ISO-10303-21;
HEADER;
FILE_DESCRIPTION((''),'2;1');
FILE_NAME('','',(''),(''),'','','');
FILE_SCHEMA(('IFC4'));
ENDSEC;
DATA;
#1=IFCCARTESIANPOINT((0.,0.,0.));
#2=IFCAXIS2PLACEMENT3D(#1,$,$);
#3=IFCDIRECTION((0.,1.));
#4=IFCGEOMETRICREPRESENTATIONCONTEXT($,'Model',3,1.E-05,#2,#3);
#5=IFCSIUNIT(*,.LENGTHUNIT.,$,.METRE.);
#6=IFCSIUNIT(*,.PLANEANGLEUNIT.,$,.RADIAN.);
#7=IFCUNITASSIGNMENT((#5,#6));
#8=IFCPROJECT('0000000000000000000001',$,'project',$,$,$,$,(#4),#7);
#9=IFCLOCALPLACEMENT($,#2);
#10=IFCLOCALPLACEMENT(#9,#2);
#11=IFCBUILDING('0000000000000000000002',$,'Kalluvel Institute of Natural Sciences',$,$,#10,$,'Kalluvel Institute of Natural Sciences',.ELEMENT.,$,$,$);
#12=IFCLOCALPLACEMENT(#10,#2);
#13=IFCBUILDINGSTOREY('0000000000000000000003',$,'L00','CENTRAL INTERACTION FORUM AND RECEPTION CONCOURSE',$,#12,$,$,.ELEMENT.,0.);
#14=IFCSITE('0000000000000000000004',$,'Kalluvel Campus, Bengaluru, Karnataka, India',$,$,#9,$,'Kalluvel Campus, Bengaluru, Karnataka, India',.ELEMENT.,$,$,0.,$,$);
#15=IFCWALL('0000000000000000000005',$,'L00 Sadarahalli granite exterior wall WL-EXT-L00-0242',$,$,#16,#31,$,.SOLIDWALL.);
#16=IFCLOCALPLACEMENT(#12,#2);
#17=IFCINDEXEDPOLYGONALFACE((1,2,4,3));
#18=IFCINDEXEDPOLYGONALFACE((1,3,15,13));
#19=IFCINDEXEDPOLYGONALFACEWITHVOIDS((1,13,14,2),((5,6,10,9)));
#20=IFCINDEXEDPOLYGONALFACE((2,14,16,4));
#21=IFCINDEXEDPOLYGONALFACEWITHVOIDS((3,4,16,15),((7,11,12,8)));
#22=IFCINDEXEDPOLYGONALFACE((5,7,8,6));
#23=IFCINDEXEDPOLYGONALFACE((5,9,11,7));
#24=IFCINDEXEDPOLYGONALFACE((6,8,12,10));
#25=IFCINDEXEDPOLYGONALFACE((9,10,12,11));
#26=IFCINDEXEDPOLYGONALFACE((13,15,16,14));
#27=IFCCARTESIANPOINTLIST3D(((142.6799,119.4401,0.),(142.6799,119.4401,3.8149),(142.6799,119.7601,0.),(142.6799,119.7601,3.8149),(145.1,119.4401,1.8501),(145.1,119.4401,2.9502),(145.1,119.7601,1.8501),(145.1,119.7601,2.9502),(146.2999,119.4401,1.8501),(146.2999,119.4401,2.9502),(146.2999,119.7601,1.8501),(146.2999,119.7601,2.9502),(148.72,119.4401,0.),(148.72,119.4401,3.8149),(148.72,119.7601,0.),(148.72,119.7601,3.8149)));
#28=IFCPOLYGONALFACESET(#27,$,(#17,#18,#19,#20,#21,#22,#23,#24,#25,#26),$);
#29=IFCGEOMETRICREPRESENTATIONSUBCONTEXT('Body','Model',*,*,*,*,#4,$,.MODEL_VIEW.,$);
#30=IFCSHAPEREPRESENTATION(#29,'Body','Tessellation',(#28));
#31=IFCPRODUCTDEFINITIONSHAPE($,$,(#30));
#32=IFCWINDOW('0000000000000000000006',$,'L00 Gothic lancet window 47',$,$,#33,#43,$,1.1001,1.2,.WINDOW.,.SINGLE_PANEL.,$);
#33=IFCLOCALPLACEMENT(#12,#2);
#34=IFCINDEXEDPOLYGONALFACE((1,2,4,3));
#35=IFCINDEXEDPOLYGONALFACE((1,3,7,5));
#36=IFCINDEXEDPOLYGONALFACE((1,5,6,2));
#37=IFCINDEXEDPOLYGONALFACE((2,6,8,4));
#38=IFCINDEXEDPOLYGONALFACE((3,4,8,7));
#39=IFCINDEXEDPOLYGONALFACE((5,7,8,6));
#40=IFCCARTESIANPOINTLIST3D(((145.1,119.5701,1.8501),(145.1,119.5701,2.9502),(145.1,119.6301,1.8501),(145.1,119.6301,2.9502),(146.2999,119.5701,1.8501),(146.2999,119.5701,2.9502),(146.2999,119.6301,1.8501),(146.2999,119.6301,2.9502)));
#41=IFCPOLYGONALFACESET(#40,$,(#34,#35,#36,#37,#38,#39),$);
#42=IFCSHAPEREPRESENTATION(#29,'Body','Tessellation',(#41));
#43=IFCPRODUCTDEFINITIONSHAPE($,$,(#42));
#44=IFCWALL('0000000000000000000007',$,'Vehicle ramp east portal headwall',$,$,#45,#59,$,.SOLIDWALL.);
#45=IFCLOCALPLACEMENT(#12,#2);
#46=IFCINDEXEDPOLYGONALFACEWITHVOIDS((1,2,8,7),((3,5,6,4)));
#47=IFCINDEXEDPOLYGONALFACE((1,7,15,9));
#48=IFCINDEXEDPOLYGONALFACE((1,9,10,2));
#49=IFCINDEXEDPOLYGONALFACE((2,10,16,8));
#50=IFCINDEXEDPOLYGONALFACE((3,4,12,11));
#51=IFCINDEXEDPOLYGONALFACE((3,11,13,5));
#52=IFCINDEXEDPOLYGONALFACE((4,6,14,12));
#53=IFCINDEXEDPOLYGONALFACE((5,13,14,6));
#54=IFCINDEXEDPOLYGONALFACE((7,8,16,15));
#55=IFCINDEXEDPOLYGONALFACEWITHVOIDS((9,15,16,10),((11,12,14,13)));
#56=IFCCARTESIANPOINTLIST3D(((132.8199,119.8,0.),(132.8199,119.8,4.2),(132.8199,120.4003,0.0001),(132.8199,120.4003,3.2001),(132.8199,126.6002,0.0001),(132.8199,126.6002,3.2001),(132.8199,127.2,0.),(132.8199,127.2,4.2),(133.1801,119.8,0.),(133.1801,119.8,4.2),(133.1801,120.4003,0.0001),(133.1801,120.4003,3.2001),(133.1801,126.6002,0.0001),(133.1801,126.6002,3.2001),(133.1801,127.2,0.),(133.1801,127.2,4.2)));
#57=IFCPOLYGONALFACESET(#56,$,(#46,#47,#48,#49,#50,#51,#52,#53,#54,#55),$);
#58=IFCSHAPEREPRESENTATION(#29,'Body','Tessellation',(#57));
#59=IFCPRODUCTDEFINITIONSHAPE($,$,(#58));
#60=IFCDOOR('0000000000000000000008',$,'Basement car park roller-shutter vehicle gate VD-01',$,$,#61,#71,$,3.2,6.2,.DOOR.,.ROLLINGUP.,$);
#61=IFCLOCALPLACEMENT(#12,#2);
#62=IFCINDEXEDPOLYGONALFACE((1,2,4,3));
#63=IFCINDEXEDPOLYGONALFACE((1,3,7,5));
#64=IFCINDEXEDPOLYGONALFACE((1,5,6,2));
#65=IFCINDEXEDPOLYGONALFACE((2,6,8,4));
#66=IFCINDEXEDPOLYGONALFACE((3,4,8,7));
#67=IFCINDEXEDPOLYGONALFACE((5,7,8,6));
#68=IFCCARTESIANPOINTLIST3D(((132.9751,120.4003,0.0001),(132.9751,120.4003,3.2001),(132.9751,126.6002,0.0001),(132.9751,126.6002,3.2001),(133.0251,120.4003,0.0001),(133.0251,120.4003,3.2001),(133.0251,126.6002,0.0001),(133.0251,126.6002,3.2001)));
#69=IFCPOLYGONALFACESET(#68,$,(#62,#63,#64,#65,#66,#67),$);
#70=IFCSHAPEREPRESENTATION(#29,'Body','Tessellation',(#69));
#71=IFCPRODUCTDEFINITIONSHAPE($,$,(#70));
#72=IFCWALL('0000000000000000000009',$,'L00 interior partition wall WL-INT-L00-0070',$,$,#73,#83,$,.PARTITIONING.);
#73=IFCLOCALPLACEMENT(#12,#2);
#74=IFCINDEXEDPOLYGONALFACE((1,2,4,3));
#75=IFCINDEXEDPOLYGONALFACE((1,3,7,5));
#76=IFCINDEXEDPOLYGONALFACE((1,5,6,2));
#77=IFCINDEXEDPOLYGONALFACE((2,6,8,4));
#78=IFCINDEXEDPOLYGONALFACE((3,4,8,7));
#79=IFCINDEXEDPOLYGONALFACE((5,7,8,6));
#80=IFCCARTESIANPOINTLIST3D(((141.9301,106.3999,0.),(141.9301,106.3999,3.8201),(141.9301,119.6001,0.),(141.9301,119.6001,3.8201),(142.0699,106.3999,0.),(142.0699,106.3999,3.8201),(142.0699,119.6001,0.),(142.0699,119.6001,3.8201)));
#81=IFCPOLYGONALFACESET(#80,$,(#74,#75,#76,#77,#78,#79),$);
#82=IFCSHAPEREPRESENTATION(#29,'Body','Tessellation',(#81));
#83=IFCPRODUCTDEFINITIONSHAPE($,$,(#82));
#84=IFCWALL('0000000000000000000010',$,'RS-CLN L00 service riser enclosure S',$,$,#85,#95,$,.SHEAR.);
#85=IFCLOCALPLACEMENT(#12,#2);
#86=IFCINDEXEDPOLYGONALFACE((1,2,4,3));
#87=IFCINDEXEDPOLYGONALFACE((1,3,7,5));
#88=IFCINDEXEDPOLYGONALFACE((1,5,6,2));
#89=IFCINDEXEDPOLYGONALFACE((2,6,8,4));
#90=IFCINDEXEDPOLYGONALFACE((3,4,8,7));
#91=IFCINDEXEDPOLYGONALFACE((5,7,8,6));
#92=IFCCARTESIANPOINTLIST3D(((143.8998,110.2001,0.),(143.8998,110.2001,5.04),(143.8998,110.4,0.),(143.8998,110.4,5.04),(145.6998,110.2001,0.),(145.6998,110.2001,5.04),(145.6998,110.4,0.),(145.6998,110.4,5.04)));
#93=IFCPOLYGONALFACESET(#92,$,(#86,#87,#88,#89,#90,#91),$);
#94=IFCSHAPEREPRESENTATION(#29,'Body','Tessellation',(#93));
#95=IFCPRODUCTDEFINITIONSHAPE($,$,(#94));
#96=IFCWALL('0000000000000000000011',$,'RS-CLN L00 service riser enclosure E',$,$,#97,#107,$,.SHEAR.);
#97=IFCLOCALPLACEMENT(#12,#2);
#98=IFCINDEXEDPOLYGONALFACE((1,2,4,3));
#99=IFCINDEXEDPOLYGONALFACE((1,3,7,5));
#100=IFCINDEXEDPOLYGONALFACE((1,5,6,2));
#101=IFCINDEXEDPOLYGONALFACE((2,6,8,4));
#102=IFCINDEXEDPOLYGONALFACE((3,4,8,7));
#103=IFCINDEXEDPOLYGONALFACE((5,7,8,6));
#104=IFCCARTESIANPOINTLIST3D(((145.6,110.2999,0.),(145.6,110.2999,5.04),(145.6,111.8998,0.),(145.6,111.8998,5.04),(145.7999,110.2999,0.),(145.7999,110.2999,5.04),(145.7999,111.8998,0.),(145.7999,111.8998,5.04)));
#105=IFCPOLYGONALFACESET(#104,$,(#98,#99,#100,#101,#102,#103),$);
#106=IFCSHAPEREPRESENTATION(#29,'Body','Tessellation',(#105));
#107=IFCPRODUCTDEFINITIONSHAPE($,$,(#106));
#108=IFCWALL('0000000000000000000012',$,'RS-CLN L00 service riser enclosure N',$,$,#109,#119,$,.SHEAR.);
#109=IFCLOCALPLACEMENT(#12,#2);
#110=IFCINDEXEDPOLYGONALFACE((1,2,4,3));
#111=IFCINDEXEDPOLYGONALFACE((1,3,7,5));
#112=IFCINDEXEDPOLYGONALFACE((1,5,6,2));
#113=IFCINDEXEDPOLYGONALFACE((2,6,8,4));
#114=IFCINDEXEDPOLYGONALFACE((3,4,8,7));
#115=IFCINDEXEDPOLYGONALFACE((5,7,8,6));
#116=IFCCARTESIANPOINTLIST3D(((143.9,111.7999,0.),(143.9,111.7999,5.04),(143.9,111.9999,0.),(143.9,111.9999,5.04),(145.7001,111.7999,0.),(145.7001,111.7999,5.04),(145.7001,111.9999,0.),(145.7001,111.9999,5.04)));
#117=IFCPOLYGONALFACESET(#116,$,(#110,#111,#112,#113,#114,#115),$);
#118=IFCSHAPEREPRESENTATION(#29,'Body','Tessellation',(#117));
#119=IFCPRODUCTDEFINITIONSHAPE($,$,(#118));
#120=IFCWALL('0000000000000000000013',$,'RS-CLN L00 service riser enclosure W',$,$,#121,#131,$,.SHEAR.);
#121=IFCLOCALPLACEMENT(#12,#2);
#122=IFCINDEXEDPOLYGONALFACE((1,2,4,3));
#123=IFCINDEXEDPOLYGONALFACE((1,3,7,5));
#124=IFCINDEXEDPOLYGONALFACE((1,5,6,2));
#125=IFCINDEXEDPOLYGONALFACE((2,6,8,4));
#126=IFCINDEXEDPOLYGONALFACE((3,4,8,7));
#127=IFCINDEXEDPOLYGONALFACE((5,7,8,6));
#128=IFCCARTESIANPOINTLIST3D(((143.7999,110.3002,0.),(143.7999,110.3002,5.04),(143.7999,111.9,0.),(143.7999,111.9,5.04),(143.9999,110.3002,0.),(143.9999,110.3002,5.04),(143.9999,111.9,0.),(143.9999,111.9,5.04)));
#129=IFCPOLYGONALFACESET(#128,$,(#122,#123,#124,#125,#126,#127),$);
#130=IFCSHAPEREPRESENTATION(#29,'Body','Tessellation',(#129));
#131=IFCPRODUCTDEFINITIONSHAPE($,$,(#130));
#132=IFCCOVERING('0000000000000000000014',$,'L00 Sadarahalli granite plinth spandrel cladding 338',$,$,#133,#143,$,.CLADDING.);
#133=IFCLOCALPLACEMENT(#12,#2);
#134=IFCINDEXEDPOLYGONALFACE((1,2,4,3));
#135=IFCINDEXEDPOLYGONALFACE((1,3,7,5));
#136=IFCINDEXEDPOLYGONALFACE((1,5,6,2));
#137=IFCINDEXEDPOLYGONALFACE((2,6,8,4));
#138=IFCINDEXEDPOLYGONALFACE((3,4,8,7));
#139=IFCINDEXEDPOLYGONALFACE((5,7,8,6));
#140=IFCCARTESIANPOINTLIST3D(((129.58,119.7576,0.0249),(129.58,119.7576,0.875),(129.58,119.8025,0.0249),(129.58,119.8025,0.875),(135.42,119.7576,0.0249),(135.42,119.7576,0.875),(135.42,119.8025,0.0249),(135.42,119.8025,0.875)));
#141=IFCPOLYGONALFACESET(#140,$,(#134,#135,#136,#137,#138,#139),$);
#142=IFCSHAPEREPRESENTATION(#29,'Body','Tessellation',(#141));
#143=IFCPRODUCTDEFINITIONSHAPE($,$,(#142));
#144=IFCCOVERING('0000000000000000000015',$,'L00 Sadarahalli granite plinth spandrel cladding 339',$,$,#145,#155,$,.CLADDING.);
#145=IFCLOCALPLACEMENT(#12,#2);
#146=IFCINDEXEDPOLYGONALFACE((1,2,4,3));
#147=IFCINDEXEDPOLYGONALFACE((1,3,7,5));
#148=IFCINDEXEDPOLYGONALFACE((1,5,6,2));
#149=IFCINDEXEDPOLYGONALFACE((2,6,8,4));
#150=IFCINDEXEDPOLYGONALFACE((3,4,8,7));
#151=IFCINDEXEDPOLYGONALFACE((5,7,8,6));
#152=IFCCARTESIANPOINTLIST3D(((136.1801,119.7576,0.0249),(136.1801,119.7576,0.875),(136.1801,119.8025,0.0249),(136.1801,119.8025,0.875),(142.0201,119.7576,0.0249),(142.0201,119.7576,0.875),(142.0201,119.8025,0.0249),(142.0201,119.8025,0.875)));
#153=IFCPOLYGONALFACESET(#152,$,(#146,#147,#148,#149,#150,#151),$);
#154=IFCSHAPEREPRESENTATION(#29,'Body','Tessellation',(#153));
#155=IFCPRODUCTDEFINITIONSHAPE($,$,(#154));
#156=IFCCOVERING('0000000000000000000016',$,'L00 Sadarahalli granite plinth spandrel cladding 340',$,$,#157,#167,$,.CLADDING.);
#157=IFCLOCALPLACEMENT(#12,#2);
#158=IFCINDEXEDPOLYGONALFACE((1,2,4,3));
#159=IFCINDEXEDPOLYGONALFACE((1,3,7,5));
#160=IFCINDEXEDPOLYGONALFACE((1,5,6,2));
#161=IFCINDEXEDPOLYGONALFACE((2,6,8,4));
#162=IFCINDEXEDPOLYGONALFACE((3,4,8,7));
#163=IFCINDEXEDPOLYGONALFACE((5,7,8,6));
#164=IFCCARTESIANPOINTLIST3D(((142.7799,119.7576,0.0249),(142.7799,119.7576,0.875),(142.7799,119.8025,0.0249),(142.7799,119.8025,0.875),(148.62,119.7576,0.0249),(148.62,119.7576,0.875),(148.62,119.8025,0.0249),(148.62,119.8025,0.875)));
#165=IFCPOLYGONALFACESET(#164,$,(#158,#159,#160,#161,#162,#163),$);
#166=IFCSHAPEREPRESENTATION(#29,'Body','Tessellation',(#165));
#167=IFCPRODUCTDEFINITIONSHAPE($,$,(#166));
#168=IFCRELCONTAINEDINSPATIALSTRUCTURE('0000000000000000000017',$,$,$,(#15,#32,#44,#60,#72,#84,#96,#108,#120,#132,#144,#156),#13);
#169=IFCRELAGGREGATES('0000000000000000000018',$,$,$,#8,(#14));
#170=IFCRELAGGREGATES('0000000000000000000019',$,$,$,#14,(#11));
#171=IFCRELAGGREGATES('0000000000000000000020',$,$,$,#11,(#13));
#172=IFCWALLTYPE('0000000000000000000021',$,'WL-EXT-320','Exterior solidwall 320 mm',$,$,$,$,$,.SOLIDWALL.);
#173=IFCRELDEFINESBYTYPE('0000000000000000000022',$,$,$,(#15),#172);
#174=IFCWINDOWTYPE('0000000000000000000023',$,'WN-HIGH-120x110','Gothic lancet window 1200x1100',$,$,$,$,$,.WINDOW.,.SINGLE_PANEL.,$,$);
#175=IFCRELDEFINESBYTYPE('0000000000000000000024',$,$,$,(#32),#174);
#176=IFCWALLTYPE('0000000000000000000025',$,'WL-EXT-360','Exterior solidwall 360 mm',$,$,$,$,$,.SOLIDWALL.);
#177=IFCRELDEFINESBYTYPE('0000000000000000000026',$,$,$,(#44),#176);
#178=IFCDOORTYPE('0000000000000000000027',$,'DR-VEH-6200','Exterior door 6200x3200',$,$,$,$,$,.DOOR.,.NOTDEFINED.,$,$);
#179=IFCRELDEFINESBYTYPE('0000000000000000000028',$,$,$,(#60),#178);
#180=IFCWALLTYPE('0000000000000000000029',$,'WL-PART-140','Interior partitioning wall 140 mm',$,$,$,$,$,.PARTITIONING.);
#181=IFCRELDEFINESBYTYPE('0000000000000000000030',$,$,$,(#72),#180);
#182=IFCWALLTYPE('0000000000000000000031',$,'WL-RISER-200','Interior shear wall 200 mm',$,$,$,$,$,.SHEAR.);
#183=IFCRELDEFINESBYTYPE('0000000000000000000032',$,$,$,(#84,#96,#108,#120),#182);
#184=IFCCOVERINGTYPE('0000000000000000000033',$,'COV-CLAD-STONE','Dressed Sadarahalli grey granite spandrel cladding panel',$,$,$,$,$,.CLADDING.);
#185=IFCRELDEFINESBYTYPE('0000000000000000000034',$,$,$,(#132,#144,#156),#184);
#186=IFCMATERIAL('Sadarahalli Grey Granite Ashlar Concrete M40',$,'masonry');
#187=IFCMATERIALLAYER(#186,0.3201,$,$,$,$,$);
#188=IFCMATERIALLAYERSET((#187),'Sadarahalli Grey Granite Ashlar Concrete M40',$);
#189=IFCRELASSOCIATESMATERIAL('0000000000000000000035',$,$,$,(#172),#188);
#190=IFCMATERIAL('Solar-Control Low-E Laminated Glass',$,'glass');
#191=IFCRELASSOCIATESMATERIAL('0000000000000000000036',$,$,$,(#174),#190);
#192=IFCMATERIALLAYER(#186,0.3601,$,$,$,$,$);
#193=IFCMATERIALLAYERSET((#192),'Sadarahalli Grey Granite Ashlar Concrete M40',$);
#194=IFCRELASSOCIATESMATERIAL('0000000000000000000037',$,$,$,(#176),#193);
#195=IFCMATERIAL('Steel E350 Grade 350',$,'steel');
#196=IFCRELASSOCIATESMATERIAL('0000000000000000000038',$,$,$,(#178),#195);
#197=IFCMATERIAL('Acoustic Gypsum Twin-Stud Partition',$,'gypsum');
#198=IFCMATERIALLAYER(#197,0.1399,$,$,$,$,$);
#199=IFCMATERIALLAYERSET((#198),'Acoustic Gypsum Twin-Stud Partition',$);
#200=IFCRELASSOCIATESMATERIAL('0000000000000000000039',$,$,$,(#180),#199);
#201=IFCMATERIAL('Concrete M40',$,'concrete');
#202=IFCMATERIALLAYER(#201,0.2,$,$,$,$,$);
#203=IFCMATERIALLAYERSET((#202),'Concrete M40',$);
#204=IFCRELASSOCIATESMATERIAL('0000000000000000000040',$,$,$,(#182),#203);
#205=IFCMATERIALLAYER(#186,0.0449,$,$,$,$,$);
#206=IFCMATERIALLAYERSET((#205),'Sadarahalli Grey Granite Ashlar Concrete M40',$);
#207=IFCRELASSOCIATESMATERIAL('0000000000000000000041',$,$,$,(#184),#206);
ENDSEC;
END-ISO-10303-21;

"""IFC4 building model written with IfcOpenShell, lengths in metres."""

from ifc_helpers import new_model, si_unit, direction, frame, frame_2d, origin, origin_2d, place, context, subcontext, project, spatial, rectangle, extrude, material, layer, layer_set, type_object, element, fill, save


model = new_model("IFC4")

# Units and contexts
model_context = context("Model", 3, precision=1e-05, world=origin(), true_north=direction((0.0, 1.0)))
body_context = subcontext(model_context, "Body", "Model", "MODEL_VIEW")
ifc_project = project(units=[si_unit("LENGTHUNIT", "METRE"), si_unit("PLANEANGLEUNIT", "RADIAN")], contexts=[model_context])

# Site, building, storey
site_placement = place(None, origin())
site = spatial("IfcSite", under=ifc_project, at=site_placement, Name="Kalluvel Campus, Bengaluru, Karnataka, India", LongName="Kalluvel Campus, Bengaluru, Karnataka, India", CompositionType="ELEMENT", RefElevation=0.0)
building_placement = place(site_placement, origin())
building = spatial("IfcBuilding", under=site, at=building_placement, Name="Kalluvel Institute of Natural Sciences", LongName="Kalluvel Institute of Natural Sciences", CompositionType="ELEMENT")
storey_placement = place(building_placement, origin())
storey = spatial("IfcBuildingStorey", under=building, at=storey_placement, Name="L00", Description="CENTRAL INTERACTION FORUM AND RECEPTION CONCOURSE", CompositionType="ELEMENT", Elevation=0.0)

# Shared definitions
ifc_material_1 = material(Name="Concrete M40", Category="concrete")

# Shared definitions
ifc_material_2 = material(Name="Steel E350 Grade 350", Category="steel")

# Shared definitions
ifc_material_3 = material(Name="Sadarahalli Grey Granite Ashlar Concrete M40", Category="masonry")
ifc_layer_1 = layer(ifc_material_3, 0.3201)
ifc_layer_set_1 = layer_set([ifc_layer_1], Name="Sadarahalli Grey Granite Ashlar Concrete M40")
wall_type_1 = type_object("IfcWallType", Name="WL-EXT-320", Description="Exterior solidwall 320 mm", PredefinedType="SOLIDWALL", material=ifc_layer_set_1)

# Wall, opening, window
wall_1_placement = place(storey_placement, frame((142.6799, 119.6001, 0.0), z_axis=(0.0, 0.0, 1.0), x_axis=(1.0, 0.0, 0.0)))
wall_1 = element("IfcWall", 1, at=wall_1_placement, inside=storey, type_object=wall_type_1, Name="L00 Sadarahalli granite exterior wall WL-EXT-L00-0242", PredefinedType="SOLIDWALL", context=body_context, shape_type="SweptSolid", body=[
    extrude(rectangle(XDim=6.04, YDim=0.3201, at=frame_2d((3.02, 0.0))), origin(), (0.0, 0.0, 1.0), 3.8149),
])
opening_1_placement = place(wall_1_placement, frame((2.4199, 0.0, 1.8501)))
opening_1 = element("IfcOpeningElement", 2, at=opening_1_placement, cuts=wall_1, PredefinedType="OPENING", context=body_context, shape_type="SweptSolid", body=[
    extrude(rectangle(XDim=1.2, YDim=1.1001, at=frame_2d((0.6001, 0.55))), frame((0.0, 0.1699, 0.0), z_axis=(0.0, -1.0, 0.0), x_axis=(1.0, 0.0, 0.0)), (0.0, 0.0, 1.0), 0.3401),
])
ifc_material_4 = material(Name="Solar-Control Low-E Laminated Glass", Category="glass")
window_type = type_object("IfcWindowType", Name="WN-HIGH-120x110", Description="Gothic lancet window 1200x1100", PartitioningType="SINGLE_PANEL", PredefinedType="WINDOW", material=ifc_material_4)
window_placement = place(opening_1_placement, origin())
window = element("IfcWindow", 3, at=window_placement, inside=storey, type_object=window_type, Name="L00 Gothic lancet window 47", OverallHeight=1.1001, OverallWidth=1.2, PartitioningType="SINGLE_PANEL", PredefinedType="WINDOW", context=body_context, shape_type="SweptSolid", body=[
    extrude(rectangle(XDim=1.2, YDim=1.1001, at=frame_2d((0.6001, 0.55))), frame((0.0, 0.03, 0.0), z_axis=(0.0, -1.0, 0.0), x_axis=(1.0, 0.0, 0.0)), (0.0, 0.0, 1.0), 0.0601),
])
fill(opening_1, window)

# Wall, opening, door
ifc_layer_2 = layer(ifc_material_3, 0.3601)
ifc_layer_set_2 = layer_set([ifc_layer_2], Name="Sadarahalli Grey Granite Ashlar Concrete M40")
wall_type_2 = type_object("IfcWallType", Name="WL-EXT-360", Description="Exterior solidwall 360 mm", PredefinedType="SOLIDWALL", material=ifc_layer_set_2)
wall_2_placement = place(storey_placement, frame((133.0, 119.8, 0.0), z_axis=(0.0, 0.0, 1.0), x_axis=(0.0, 1.0, 0.0)))
wall_2 = element("IfcWall", 4, at=wall_2_placement, inside=storey, type_object=wall_type_2, Name="Vehicle ramp east portal headwall", PredefinedType="SOLIDWALL", context=body_context, shape_type="SweptSolid", body=[
    extrude(rectangle(XDim=7.3999, YDim=0.3601, at=frame_2d((3.7, 0.0))), origin(), (0.0, 0.0, 1.0), 4.2),
])
opening_2_placement = place(wall_2_placement, frame((0.6001, 0.0, 0.0)))
opening_2 = element("IfcOpeningElement", 5, at=opening_2_placement, cuts=wall_2, PredefinedType="OPENING", context=body_context, shape_type="SweptSolid", body=[
    extrude(rectangle(XDim=6.2, YDim=3.2, at=frame_2d((3.1001, 1.6001))), frame((0.0, 0.1899, 0.0), z_axis=(0.0, -1.0, 0.0), x_axis=(1.0, 0.0, 0.0)), (0.0, 0.0, 1.0), 0.3801),
])
door_type = type_object("IfcDoorType", Name="DR-VEH-6200", Description="Exterior door 6200x3200", OperationType="NOTDEFINED", PredefinedType="DOOR", material=ifc_material_2)
door_placement = place(opening_2_placement, origin())
door = element("IfcDoor", 6, at=door_placement, inside=storey, type_object=door_type, Name="Basement car park roller-shutter vehicle gate VD-01", OperationType="ROLLINGUP", OverallHeight=3.2, OverallWidth=6.2, PredefinedType="DOOR", context=body_context, shape_type="SweptSolid", body=[
    extrude(rectangle(XDim=6.2, YDim=3.2, at=frame_2d((3.1001, 1.6001))), frame((0.0, 0.0249, 0.0), z_axis=(0.0, -1.0, 0.0), x_axis=(1.0, 0.0, 0.0)), (0.0, 0.0, 1.0), 0.05),
])
fill(opening_2, door)

# Walls
ifc_material_5 = material(Name="Acoustic Gypsum Twin-Stud Partition", Category="gypsum")
ifc_layer_3 = layer(ifc_material_5, 0.1399)
ifc_layer_set_3 = layer_set([ifc_layer_3], Name="Acoustic Gypsum Twin-Stud Partition")
wall_type_3 = type_object("IfcWallType", Name="WL-PART-140", Description="Interior partitioning wall 140 mm", PredefinedType="PARTITIONING", material=ifc_layer_set_3)
wall_3_placement = place(storey_placement, frame((142.0, 106.3999, 0.0), z_axis=(0.0, 0.0, 1.0), x_axis=(0.0, 1.0, 0.0)))
element("IfcWall", 7, at=wall_3_placement, inside=storey, type_object=wall_type_3, Name="L00 interior partition wall WL-INT-L00-0070", PredefinedType="PARTITIONING", context=body_context, shape_type="SweptSolid", body=[
    extrude(rectangle(XDim=13.2002, YDim=0.1399, at=frame_2d((6.6001, 0.0))), origin(), (0.0, 0.0, 1.0), 3.8201),
])
ifc_layer_4 = layer(ifc_material_1, 0.2)
ifc_layer_set_4 = layer_set([ifc_layer_4], Name="Concrete M40")
wall_type_4 = type_object("IfcWallType", Name="WL-RISER-200", Description="Interior shear wall 200 mm", PredefinedType="SHEAR", material=ifc_layer_set_4)
wall_4_placement = place(storey_placement, frame((143.8999, 110.3, 0.0), z_axis=(0.0, 0.0, 1.0), x_axis=(1.0, 0.0, 0.0)))
element("IfcWall", 8, at=wall_4_placement, inside=storey, type_object=wall_type_4, Name="RS-CLN L00 service riser enclosure S", PredefinedType="SHEAR", context=body_context, shape_type="SweptSolid", body=[
    extrude(rectangle(XDim=1.8, YDim=0.2, at=frame_2d((0.8999, 0.0))), origin(), (0.0, 0.0, 1.0), 5.04),
])
wall_5_placement = place(storey_placement, frame((145.7, 110.3, 0.0), z_axis=(0.0, 0.0, 1.0), x_axis=(0.0, 1.0, 0.0)))
element("IfcWall", 9, at=wall_5_placement, inside=storey, type_object=wall_type_4, Name="RS-CLN L00 service riser enclosure E", PredefinedType="SHEAR", context=body_context, shape_type="SweptSolid", body=[
    extrude(rectangle(XDim=1.5999, YDim=0.2, at=frame_2d((0.7998, 0.0))), origin(), (0.0, 0.0, 1.0), 5.04),
])
wall_6_placement = place(storey_placement, frame((145.7, 111.8999, 0.0), z_axis=(0.0, 0.0, 1.0), x_axis=(-1.0, 0.0, 0.0)))
element("IfcWall", 10, at=wall_6_placement, inside=storey, type_object=wall_type_4, Name="RS-CLN L00 service riser enclosure N", PredefinedType="SHEAR", context=body_context, shape_type="SweptSolid", body=[
    extrude(rectangle(XDim=1.8, YDim=0.2, at=frame_2d((0.8999, 0.0))), origin(), (0.0, 0.0, 1.0), 5.04),
])
wall_7_placement = place(storey_placement, frame((143.8999, 111.8999, 0.0), z_axis=(0.0, 0.0, 1.0), x_axis=(0.0, -1.0, 0.0)))
element("IfcWall", 11, at=wall_7_placement, inside=storey, type_object=wall_type_4, Name="RS-CLN L00 service riser enclosure W", PredefinedType="SHEAR", context=body_context, shape_type="SweptSolid", body=[
    extrude(rectangle(XDim=1.5999, YDim=0.2, at=frame_2d((0.7998, 0.0))), origin(), (0.0, 0.0, 1.0), 5.04),
])

# Coverings
ifc_layer_5 = layer(ifc_material_3, 0.0449)
ifc_layer_set_5 = layer_set([ifc_layer_5], Name="Sadarahalli Grey Granite Ashlar Concrete M40")
covering_type = type_object("IfcCoveringType", Name="COV-CLAD-STONE", Description="Dressed Sadarahalli grey granite spandrel cladding panel", PredefinedType="CLADDING", material=ifc_layer_set_5)
for number, where, z_axis, x_axis, name in (
    (12, (132.5, 119.78, 0.0249), (0.0, 0.0, 1.0), (1.0, 0.0, 0.0), "L00 Sadarahalli granite plinth spandrel cladding 338"),
    (13, (139.1001, 119.78, 0.0249), (0.0, 0.0, 1.0), (1.0, 0.0, 0.0), "L00 Sadarahalli granite plinth spandrel cladding 339"),
    (14, (145.7, 119.78, 0.0249), (0.0, 0.0, 1.0), (1.0, 0.0, 0.0), "L00 Sadarahalli granite plinth spandrel cladding 340"),
):
    element("IfcCovering", number, at=place(storey_placement, frame(where, z_axis=z_axis, x_axis=x_axis)), inside=storey, type_object=covering_type, Name=name, PredefinedType="CLADDING", context=body_context, shape_type="SweptSolid", body=[
        extrude(rectangle(XDim=5.8401, YDim=0.0449, at=origin_2d()), origin(), (0.0, 0.0, 1.0), 0.8501),
    ])

save(model, "model.ifc")
